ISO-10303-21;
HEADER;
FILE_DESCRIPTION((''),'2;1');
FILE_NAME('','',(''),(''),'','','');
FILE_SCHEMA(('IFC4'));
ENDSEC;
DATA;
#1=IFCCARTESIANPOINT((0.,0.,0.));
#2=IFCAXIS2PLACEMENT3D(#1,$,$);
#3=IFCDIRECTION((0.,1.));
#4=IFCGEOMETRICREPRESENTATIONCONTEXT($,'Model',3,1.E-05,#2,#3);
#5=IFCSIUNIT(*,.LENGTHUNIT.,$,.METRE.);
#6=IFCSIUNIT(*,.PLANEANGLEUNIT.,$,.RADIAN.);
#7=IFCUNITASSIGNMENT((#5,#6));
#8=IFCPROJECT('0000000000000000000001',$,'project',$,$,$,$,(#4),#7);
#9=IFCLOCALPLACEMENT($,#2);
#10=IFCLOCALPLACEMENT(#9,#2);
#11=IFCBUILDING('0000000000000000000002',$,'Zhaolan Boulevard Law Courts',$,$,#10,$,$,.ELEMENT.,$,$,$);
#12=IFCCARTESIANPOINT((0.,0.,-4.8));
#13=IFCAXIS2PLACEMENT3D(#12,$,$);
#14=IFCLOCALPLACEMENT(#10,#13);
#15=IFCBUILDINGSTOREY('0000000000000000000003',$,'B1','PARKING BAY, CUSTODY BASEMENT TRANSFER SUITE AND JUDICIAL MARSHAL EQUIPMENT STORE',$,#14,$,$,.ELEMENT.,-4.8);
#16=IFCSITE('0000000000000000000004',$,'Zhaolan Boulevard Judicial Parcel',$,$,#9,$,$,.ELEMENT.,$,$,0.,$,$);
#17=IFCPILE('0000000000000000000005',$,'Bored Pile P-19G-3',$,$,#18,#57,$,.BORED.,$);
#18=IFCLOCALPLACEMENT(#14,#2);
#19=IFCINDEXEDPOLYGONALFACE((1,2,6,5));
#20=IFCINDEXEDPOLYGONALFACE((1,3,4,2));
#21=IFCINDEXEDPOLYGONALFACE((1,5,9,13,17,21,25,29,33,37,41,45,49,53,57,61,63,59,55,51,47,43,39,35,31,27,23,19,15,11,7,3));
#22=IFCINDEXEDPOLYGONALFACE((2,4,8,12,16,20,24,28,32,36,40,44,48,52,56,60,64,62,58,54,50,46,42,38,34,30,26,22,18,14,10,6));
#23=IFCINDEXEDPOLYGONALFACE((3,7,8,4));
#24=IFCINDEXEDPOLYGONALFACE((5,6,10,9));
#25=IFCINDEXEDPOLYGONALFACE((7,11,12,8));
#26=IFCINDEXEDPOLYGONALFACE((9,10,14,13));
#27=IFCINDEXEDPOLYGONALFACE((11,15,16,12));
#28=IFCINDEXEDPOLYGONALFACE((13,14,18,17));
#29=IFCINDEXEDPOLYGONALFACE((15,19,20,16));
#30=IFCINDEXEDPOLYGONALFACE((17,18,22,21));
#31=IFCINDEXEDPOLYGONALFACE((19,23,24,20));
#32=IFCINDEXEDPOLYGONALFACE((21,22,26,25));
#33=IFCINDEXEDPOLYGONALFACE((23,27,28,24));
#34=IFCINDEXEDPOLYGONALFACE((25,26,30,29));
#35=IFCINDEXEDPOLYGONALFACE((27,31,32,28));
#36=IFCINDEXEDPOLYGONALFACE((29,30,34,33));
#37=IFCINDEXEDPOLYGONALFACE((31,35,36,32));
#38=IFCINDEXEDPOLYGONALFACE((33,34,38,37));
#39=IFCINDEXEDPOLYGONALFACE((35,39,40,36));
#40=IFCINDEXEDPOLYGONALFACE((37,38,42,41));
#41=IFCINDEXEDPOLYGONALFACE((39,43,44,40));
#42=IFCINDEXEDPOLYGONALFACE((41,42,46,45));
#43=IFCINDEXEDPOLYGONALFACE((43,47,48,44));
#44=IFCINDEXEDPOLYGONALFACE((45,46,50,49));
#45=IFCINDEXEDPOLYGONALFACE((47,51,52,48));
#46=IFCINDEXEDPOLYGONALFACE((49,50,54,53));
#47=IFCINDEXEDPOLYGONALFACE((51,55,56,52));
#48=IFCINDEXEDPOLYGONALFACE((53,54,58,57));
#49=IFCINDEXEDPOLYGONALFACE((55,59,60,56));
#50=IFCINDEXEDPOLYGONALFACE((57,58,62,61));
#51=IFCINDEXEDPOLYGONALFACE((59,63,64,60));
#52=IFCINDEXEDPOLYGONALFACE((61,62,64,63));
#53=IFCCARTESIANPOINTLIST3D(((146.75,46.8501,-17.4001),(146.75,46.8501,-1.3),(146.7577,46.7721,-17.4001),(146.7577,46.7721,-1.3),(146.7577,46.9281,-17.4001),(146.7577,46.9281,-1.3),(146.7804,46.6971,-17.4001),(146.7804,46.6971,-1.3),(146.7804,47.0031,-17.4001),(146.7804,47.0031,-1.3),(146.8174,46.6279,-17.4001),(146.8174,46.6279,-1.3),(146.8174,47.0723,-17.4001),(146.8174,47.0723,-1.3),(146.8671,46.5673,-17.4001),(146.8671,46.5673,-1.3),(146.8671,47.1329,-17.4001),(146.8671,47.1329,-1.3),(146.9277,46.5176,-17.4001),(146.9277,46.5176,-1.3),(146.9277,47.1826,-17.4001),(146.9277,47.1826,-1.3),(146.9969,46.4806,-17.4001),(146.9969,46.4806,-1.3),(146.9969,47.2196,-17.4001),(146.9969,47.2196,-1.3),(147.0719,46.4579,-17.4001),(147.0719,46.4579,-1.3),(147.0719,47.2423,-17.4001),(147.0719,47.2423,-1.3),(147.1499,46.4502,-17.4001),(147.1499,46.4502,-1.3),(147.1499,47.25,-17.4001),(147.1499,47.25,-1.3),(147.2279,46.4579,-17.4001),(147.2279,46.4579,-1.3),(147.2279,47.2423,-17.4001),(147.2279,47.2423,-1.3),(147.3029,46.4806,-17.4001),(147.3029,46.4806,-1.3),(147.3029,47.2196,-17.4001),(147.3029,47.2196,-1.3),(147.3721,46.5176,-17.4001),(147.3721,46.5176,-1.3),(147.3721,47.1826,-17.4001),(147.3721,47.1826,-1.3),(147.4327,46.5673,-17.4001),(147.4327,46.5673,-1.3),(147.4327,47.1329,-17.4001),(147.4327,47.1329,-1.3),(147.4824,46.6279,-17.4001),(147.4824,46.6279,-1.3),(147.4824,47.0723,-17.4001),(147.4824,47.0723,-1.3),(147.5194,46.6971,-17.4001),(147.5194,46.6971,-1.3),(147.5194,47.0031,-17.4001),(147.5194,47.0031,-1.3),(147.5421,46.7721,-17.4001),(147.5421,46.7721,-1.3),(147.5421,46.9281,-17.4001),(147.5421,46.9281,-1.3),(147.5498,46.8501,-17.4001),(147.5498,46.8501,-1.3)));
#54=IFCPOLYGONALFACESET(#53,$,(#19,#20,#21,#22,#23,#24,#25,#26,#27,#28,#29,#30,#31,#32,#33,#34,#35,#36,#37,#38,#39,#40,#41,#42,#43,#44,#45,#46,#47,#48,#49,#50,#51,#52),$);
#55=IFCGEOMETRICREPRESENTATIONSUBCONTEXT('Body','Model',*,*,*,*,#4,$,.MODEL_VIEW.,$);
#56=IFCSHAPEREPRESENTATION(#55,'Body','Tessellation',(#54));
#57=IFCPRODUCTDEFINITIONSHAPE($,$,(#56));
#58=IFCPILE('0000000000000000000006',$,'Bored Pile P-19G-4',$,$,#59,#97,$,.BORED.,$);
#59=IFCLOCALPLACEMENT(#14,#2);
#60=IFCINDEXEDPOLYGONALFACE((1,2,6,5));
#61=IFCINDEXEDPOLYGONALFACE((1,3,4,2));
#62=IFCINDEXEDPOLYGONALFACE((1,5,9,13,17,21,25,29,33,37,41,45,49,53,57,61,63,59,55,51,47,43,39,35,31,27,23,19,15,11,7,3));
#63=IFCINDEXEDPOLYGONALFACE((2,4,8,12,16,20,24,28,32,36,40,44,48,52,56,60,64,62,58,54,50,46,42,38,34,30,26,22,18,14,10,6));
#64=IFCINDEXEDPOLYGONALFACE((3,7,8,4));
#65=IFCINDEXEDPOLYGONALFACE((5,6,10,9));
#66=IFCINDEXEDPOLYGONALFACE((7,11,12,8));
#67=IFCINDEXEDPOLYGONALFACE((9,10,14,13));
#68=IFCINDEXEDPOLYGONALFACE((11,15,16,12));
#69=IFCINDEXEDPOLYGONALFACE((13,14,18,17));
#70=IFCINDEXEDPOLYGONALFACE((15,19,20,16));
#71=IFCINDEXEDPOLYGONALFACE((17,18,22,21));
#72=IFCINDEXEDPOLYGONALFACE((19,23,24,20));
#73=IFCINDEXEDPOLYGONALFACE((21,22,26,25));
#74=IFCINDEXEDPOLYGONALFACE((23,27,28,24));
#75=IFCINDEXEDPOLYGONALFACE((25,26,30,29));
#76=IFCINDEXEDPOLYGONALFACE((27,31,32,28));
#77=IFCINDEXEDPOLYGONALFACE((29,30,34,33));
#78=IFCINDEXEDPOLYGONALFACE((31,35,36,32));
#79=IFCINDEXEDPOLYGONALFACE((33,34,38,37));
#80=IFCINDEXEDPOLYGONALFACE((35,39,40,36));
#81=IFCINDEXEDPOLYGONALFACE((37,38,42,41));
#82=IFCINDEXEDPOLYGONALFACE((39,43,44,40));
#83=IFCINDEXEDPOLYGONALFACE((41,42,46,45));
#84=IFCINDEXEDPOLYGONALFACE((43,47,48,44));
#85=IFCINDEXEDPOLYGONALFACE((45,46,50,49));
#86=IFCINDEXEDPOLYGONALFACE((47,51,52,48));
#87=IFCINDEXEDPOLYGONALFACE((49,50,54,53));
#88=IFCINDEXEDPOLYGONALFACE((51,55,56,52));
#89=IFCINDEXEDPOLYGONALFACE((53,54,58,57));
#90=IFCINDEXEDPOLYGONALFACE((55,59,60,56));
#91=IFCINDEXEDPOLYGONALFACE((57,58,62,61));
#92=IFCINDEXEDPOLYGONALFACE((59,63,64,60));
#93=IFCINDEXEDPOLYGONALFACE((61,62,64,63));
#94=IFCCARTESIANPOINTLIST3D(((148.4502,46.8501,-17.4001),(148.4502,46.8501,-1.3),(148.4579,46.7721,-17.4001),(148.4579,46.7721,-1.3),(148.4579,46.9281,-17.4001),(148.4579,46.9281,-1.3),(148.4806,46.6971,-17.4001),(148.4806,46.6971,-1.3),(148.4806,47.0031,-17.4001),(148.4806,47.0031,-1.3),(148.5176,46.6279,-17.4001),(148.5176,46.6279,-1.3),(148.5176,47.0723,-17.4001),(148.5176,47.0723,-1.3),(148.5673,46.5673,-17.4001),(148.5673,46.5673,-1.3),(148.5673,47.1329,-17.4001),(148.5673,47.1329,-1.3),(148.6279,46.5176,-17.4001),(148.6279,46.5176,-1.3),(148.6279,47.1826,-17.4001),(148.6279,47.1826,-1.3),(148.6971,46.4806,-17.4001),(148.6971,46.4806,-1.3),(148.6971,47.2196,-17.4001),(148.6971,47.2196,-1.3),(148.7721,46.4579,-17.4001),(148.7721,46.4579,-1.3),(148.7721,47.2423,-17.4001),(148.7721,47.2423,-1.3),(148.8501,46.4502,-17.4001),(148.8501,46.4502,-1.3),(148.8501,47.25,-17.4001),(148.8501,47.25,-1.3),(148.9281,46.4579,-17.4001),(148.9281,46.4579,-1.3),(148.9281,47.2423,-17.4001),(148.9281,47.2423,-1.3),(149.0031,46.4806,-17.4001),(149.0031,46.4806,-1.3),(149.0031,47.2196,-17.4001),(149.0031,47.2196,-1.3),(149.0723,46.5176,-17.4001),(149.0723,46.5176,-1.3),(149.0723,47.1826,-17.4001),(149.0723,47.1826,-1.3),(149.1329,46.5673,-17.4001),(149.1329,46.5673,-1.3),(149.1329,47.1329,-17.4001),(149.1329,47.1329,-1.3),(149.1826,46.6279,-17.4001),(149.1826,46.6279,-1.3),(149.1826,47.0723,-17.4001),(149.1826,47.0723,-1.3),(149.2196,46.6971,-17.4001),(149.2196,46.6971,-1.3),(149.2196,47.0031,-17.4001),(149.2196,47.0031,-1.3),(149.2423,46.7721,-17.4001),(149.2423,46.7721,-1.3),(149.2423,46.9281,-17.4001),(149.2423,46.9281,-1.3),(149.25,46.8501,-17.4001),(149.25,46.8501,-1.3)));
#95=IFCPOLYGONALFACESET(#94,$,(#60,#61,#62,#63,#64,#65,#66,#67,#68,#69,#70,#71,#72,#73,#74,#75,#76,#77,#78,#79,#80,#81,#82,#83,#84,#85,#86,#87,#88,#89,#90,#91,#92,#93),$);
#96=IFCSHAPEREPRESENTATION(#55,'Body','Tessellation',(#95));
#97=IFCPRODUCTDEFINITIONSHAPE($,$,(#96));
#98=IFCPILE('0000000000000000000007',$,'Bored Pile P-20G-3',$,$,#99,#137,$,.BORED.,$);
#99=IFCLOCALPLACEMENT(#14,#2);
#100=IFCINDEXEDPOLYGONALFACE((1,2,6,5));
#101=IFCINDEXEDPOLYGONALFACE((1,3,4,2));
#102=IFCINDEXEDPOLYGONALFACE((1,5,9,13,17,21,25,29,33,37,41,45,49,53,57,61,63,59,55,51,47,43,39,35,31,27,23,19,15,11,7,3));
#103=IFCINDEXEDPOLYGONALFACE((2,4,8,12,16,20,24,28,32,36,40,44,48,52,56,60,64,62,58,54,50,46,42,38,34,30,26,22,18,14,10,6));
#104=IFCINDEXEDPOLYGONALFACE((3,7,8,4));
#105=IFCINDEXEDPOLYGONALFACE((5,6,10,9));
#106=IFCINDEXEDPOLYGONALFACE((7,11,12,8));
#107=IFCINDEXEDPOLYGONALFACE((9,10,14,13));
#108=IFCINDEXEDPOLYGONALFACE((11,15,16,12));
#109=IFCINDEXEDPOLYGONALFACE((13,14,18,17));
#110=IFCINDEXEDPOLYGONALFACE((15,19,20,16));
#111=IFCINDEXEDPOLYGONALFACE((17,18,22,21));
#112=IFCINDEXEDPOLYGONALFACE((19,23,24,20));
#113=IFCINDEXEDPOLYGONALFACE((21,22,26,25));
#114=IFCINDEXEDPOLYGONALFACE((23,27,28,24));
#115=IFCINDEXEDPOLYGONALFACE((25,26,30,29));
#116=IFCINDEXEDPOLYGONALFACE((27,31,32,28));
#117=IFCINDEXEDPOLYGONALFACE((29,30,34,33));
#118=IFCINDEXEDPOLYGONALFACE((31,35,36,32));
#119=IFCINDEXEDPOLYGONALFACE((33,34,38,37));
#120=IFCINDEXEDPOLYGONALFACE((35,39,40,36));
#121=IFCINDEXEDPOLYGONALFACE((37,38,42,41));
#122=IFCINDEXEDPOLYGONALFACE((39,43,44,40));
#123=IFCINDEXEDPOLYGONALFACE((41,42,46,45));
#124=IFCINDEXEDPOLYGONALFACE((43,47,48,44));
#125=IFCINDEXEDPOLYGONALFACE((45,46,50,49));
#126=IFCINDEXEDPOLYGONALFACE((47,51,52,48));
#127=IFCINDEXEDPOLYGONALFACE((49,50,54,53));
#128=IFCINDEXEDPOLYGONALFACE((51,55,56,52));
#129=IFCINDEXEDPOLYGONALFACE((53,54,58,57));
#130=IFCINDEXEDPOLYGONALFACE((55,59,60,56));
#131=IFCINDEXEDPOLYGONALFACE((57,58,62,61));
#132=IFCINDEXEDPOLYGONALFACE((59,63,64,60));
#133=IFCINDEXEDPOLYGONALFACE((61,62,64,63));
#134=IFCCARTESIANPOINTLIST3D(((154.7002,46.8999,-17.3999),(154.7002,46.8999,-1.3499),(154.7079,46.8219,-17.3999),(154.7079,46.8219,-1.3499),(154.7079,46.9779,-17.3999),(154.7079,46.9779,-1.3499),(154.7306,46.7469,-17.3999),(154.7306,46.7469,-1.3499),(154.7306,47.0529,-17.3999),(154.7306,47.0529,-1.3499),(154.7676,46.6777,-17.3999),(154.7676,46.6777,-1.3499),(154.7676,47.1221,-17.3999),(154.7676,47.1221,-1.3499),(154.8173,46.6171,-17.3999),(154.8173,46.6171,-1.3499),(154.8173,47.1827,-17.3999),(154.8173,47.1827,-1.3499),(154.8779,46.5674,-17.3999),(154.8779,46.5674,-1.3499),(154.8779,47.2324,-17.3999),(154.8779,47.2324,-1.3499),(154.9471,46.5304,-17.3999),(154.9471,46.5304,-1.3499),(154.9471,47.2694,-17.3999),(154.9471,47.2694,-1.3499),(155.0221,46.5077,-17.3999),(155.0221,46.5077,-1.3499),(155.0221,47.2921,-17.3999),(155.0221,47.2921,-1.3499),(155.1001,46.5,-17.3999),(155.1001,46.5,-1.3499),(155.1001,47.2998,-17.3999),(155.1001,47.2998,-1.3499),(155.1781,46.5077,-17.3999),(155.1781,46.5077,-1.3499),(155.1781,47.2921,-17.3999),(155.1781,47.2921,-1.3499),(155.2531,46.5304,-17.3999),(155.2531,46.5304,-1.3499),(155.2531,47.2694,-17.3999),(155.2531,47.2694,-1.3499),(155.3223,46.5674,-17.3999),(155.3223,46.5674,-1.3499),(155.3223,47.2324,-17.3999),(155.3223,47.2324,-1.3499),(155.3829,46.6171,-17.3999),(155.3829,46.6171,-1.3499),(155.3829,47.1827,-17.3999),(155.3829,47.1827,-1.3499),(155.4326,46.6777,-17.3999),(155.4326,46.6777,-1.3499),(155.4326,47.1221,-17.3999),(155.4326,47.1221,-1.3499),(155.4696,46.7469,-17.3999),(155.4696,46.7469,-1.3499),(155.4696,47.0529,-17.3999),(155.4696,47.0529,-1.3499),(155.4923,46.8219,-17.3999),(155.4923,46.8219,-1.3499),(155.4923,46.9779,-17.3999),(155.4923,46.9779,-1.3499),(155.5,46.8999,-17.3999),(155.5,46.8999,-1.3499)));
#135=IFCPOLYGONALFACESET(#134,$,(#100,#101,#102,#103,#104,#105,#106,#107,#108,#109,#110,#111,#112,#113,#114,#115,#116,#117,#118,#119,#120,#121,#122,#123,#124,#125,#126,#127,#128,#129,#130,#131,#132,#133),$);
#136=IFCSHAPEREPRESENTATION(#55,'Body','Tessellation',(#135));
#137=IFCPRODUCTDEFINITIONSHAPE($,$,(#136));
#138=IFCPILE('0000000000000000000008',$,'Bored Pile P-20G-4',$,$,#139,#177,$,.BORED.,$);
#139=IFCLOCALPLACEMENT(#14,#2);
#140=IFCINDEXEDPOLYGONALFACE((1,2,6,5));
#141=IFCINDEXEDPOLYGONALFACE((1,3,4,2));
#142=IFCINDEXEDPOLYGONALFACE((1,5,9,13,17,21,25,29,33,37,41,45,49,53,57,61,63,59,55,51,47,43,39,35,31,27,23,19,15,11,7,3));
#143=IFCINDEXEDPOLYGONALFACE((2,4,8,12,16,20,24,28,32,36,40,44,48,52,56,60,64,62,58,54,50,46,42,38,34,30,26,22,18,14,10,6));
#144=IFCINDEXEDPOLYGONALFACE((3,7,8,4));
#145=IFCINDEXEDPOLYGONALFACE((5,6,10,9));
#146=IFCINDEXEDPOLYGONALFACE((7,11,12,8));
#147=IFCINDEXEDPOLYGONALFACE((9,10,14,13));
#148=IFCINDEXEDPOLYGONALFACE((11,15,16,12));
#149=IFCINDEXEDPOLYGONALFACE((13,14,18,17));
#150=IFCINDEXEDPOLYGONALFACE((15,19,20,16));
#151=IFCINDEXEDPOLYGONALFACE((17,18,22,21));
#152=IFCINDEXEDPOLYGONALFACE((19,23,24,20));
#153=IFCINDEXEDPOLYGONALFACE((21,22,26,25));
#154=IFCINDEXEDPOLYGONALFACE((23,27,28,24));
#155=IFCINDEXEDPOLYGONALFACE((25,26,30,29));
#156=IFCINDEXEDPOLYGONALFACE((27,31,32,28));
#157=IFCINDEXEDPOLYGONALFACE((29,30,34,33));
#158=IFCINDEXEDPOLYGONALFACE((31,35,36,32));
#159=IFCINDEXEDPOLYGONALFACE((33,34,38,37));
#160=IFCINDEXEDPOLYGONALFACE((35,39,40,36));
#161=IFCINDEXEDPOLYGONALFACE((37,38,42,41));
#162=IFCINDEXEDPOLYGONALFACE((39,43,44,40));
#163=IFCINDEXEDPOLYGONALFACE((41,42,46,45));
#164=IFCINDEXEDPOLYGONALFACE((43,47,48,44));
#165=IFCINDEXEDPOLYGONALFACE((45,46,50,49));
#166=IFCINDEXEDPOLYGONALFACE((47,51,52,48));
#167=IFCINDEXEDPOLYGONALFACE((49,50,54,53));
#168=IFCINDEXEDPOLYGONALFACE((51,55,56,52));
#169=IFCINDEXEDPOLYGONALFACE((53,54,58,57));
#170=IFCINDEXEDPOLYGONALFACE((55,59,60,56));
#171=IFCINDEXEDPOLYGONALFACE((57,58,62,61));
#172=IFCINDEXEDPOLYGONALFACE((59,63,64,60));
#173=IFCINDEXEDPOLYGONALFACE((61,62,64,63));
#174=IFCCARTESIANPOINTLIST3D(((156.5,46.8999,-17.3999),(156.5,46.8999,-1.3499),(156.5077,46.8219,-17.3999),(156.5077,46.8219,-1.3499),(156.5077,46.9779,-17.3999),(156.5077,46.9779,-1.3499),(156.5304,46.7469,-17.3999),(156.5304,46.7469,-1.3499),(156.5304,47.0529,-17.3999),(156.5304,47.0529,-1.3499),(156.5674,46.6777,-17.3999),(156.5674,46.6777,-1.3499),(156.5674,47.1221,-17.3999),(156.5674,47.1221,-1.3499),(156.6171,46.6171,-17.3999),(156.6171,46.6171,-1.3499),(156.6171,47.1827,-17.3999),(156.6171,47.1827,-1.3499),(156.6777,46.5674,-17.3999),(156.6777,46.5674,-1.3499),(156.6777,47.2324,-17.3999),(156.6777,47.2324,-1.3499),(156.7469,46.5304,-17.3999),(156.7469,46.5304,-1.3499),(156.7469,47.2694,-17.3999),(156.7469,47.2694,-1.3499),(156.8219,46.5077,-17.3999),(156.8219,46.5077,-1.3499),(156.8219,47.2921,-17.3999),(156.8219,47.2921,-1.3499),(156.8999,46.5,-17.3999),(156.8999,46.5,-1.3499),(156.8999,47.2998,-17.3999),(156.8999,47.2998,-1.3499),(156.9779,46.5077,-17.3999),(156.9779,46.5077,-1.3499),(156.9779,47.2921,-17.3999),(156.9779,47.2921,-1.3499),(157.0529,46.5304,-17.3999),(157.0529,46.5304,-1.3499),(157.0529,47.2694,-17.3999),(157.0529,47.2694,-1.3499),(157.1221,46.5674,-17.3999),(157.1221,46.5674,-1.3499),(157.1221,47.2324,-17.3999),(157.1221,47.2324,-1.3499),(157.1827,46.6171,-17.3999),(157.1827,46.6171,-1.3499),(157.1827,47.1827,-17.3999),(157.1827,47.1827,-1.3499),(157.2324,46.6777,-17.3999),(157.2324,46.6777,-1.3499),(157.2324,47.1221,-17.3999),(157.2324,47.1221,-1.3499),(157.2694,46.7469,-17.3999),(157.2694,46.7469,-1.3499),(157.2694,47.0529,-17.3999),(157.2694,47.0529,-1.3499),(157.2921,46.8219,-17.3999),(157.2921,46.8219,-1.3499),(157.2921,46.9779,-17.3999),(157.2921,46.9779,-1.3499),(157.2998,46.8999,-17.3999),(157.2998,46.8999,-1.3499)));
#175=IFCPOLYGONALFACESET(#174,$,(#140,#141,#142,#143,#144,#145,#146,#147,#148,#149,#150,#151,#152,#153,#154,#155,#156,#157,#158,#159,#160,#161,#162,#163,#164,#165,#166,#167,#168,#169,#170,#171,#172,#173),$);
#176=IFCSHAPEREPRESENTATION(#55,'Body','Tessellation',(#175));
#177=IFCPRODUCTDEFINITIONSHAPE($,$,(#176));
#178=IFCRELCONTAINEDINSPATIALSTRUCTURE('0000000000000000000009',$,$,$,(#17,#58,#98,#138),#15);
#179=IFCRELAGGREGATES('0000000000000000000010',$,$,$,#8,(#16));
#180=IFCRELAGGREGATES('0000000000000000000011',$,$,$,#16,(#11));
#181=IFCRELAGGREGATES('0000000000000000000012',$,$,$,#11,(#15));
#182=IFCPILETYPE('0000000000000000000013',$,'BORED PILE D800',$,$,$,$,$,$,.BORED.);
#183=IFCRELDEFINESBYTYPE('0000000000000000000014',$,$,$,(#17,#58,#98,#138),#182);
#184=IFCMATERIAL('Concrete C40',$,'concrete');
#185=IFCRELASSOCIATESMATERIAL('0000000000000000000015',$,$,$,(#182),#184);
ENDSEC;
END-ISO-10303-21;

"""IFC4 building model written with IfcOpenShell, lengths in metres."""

from ifc_helpers import new_model, si_unit, direction, frame, origin, origin_2d, place, context, subcontext, project, spatial, circle, extrude, material, material_profile, profile_set, type_object, element, save


model = new_model("IFC4")

# Units and contexts
model_context = context("Model", 3, precision=1e-05, world=origin(), true_north=direction((0.0, 1.0)))
body_context = subcontext(model_context, "Body", "Model", "MODEL_VIEW")
ifc_project = project(units=[si_unit("LENGTHUNIT", "METRE"), si_unit("PLANEANGLEUNIT", "RADIAN")], contexts=[model_context])

# Site, building, storey
site_placement = place(None, origin())
site = spatial("IfcSite", under=ifc_project, at=site_placement, Name="Zhaolan Boulevard Judicial Parcel", CompositionType="ELEMENT", RefElevation=0.0)
building_placement = place(site_placement, origin())
building = spatial("IfcBuilding", under=site, at=building_placement, Name="Zhaolan Boulevard Law Courts", CompositionType="ELEMENT")
storey_placement = place(building_placement, frame((0.0, 0.0, -4.8)))
storey = spatial("IfcBuildingStorey", under=building, at=storey_placement, Name="B1", Description="PARKING BAY, CUSTODY BASEMENT TRANSFER SUITE AND JUDICIAL MARSHAL EQUIPMENT STORE", CompositionType="ELEMENT", Elevation=-4.8)

# Piles
ifc_material_1 = material(Name="Concrete C40", Category="concrete")
ifc_material_profile_1 = material_profile(ifc_material_1, circle(Radius=0.3999, at=origin_2d()), Name="PILE-D800")
ifc_profile_set_1 = profile_set([ifc_material_profile_1], Name="Concrete C40")
pile_type_1 = type_object("IfcPileType", Name="BORED PILE D800", PredefinedType="BORED", material=ifc_profile_set_1)
for number, where, z_axis, x_axis, name in (
    (1, (147.1499, 46.8501, -1.3), (0.0, 0.0, -1.0), (1.0, 0.0, 0.0), "Bored Pile P-19G-3"),
    (2, (148.8501, 46.8501, -1.3), (0.0, 0.0, -1.0), (1.0, 0.0, 0.0), "Bored Pile P-19G-4"),
):
    element("IfcPile", number, at=place(storey_placement, frame(where, z_axis=z_axis, x_axis=x_axis)), inside=storey, type_object=pile_type_1, Name=name, PredefinedType="BORED", context=body_context, shape_type="SweptSolid", body=[
        extrude(circle(Radius=0.3999, at=origin_2d()), origin(), (0.0, 0.0, 1.0), 16.1001),
    ])
for number, where, z_axis, x_axis, name in (
    (3, (155.1001, 46.8999, -1.3499), (0.0, 0.0, -1.0), (1.0, 0.0, 0.0), "Bored Pile P-20G-3"),
    (4, (156.8999, 46.8999, -1.3499), (0.0, 0.0, -1.0), (1.0, 0.0, 0.0), "Bored Pile P-20G-4"),
):
    element("IfcPile", number, at=place(storey_placement, frame(where, z_axis=z_axis, x_axis=x_axis)), inside=storey, type_object=pile_type_1, Name=name, PredefinedType="BORED", context=body_context, shape_type="SweptSolid", body=[
        extrude(circle(Radius=0.3999, at=origin_2d()), origin(), (0.0, 0.0, 1.0), 16.05),
    ])

save(model, "model.ifc")
